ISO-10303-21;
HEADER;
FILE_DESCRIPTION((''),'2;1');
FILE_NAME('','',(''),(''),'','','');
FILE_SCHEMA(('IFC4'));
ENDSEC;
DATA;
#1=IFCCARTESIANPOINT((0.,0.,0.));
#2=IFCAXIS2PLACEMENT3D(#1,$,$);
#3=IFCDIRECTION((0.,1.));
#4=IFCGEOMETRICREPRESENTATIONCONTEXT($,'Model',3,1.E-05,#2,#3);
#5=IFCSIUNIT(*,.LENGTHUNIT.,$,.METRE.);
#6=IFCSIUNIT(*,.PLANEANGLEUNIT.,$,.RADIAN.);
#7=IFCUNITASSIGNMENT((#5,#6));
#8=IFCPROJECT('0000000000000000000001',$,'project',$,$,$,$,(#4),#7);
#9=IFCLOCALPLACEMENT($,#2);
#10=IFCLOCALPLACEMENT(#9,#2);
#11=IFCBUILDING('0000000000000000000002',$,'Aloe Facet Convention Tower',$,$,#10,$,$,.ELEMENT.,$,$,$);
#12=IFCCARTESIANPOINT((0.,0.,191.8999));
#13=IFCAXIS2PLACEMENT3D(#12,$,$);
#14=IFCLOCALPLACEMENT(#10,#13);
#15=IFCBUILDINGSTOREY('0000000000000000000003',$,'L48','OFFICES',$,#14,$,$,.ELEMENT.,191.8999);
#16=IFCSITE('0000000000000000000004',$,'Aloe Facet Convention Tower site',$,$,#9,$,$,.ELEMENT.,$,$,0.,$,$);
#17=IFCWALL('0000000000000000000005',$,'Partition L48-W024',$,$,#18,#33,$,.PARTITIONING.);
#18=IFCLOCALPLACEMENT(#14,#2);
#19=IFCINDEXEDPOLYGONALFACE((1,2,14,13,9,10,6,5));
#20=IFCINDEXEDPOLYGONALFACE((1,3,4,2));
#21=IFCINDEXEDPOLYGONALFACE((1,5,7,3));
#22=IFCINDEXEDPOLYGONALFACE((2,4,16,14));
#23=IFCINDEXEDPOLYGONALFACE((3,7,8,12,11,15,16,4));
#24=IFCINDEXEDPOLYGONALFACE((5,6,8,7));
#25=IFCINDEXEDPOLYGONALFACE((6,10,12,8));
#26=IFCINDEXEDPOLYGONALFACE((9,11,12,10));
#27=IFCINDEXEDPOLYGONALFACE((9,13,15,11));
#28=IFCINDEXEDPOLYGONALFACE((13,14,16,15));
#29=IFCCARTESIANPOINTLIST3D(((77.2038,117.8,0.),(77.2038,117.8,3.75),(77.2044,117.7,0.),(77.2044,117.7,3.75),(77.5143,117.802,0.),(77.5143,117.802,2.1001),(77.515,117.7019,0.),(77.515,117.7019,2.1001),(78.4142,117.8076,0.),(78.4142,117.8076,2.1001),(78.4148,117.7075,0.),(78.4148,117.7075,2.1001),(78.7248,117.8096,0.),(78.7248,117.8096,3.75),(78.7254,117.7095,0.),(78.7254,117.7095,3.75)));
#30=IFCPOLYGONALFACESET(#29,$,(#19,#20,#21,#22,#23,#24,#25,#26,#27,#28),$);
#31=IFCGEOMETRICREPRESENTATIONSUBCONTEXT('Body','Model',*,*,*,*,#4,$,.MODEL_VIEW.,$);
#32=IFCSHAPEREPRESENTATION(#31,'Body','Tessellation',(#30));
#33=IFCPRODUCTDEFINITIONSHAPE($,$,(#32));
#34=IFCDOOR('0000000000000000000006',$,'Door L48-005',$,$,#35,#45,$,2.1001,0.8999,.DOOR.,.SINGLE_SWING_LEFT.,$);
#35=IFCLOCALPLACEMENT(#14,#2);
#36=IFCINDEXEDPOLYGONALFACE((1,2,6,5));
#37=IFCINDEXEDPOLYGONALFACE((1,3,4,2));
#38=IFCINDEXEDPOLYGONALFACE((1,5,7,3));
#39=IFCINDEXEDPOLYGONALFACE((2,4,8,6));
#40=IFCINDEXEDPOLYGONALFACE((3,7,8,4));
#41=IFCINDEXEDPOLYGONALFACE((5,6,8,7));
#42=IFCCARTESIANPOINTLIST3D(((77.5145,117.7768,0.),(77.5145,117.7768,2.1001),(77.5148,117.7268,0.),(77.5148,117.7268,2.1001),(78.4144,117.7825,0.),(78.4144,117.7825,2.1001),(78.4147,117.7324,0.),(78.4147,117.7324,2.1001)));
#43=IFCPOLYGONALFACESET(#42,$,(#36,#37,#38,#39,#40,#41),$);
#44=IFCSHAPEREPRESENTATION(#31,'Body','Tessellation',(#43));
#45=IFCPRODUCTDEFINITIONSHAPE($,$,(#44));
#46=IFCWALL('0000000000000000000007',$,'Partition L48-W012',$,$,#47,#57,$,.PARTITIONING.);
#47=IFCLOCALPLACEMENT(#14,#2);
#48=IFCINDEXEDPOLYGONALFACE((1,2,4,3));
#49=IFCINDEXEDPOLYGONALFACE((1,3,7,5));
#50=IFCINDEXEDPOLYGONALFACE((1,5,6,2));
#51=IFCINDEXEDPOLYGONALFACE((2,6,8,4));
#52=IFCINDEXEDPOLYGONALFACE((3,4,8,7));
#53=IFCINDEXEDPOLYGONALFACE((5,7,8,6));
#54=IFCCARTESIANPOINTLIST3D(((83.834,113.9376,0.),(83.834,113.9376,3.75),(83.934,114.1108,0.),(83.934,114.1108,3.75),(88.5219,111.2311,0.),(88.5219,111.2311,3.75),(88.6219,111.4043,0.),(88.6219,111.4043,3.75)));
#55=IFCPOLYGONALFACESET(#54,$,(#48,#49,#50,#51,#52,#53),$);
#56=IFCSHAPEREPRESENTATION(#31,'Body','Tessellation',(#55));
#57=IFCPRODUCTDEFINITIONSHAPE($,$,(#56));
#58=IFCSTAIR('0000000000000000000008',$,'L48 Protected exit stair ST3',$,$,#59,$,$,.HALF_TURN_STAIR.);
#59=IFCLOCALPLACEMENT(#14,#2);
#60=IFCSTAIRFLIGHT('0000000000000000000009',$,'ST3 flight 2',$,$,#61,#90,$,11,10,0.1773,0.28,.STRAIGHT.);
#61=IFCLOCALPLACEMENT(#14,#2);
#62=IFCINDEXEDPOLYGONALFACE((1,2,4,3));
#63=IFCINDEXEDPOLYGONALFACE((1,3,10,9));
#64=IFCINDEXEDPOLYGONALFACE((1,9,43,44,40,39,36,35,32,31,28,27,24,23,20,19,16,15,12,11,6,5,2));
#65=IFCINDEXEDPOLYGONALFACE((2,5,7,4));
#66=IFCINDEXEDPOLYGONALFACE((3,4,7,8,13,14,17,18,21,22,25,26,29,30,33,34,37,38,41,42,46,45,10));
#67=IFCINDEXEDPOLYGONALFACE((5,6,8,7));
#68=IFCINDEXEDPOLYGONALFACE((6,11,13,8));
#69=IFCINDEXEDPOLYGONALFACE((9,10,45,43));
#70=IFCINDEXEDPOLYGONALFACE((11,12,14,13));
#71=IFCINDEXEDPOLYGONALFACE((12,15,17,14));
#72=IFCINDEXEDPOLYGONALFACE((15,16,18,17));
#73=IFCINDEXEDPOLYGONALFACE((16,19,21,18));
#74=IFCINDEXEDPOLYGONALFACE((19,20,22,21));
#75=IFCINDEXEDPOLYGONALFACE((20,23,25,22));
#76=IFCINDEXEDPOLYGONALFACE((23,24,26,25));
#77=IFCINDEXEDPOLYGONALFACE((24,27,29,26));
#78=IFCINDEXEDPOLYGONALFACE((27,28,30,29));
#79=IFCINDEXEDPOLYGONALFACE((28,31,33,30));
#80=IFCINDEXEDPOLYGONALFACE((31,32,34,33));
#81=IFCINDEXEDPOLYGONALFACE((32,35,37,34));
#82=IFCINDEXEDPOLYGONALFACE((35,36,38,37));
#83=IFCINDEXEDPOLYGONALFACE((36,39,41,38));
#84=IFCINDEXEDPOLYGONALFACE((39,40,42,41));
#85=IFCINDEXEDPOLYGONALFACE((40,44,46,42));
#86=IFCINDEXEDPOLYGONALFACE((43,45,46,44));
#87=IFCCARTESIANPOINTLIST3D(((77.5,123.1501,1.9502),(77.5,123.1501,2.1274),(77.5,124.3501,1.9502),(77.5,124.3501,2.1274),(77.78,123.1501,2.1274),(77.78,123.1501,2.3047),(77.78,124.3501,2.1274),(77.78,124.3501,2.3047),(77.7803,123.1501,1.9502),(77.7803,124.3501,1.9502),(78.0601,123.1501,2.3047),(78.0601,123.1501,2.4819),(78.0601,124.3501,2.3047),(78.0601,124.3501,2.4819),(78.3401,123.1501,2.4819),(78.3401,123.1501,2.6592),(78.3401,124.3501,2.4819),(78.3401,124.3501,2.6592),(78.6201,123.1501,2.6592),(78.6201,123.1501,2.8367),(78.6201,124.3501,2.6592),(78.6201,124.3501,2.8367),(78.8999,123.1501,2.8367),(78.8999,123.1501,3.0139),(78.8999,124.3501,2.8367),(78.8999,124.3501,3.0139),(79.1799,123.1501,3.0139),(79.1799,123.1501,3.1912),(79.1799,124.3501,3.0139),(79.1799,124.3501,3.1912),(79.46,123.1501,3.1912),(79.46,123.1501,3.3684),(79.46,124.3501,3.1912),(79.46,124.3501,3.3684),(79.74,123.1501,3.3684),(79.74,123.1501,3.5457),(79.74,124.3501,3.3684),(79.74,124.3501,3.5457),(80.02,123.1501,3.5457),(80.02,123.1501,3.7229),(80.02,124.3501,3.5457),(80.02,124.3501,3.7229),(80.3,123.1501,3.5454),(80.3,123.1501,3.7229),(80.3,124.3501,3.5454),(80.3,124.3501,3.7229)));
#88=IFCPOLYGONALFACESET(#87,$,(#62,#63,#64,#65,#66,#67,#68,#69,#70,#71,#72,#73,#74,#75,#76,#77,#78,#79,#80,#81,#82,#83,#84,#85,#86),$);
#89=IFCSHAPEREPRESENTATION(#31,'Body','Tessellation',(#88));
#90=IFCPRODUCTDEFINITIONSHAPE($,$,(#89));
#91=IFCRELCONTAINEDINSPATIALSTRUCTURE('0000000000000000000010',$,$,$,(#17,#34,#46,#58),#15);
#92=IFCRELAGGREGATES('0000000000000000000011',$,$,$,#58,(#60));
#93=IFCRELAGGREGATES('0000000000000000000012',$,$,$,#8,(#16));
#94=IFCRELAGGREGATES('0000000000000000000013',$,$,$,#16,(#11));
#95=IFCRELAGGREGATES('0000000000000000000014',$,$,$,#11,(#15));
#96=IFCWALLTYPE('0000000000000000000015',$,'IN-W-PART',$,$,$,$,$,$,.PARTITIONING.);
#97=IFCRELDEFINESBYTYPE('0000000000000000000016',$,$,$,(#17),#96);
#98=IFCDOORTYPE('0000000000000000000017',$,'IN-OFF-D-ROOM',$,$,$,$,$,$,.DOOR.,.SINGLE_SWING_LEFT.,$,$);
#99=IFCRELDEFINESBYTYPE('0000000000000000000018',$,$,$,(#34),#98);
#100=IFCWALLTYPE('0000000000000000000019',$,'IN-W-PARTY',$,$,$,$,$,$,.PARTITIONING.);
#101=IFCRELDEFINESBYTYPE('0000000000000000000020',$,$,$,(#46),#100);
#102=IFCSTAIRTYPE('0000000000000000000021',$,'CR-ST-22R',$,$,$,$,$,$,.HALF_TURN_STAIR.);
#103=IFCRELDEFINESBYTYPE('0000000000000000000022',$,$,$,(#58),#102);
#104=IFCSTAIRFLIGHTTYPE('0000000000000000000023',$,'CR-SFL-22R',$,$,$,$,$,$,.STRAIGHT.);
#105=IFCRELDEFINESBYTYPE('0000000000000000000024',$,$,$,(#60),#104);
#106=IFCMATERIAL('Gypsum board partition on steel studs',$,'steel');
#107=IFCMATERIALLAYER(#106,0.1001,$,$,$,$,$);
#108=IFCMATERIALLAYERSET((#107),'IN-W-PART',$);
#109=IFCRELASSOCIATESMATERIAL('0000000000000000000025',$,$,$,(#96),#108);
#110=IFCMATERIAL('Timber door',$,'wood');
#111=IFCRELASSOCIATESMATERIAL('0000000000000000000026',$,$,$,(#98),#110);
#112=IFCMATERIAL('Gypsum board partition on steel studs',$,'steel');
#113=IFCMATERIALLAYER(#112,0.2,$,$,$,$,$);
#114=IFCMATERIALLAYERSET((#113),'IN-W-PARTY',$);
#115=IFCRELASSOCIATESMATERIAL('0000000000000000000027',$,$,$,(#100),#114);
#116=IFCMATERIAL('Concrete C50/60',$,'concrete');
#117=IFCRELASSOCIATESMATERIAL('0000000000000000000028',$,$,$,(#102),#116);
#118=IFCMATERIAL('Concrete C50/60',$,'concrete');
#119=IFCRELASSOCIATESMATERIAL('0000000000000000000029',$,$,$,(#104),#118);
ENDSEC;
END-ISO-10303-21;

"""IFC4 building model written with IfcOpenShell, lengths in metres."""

from ifc_helpers import new_model, si_unit, direction, frame, frame_2d, origin, place, context, subcontext, project, spatial, polyline, rectangle, outline, extrude, material, layer, layer_set, type_object, element, fill, aggregate, save


model = new_model("IFC4")

# Units and contexts
model_context = context("Model", 3, precision=1e-05, world=origin(), true_north=direction((0.0, 1.0)))
body_context = subcontext(model_context, "Body", "Model", "MODEL_VIEW")
ifc_project = project(units=[si_unit("LENGTHUNIT", "METRE"), si_unit("PLANEANGLEUNIT", "RADIAN")], contexts=[model_context])

# Site, building, storey
site_placement = place(None, origin())
site = spatial("IfcSite", under=ifc_project, at=site_placement, Name="Aloe Facet Convention Tower site", CompositionType="ELEMENT", RefElevation=0.0)
building_placement = place(site_placement, origin())
building = spatial("IfcBuilding", under=site, at=building_placement, Name="Aloe Facet Convention Tower", CompositionType="ELEMENT")
storey_placement = place(building_placement, frame((0.0, 0.0, 191.8999)))
storey = spatial("IfcBuildingStorey", under=building, at=storey_placement, Name="L48", Description="OFFICES", CompositionType="ELEMENT", Elevation=191.8999)

# Wall, opening, door
ifc_material_1 = material(Name="Gypsum board partition on steel studs", Category="steel")
ifc_layer_1 = layer(ifc_material_1, 0.1001)
ifc_layer_set_1 = layer_set([ifc_layer_1], Name="IN-W-PART")
wall_type_1 = type_object("IfcWallType", Name="IN-W-PART", PredefinedType="PARTITIONING", material=ifc_layer_set_1)
wall_1_placement = place(storey_placement, frame((77.2041, 117.75, 0.0), z_axis=(0.0, 0.0, 1.0), x_axis=(0.99998, 0.00626, 0.0)))
wall_1 = element("IfcWall", 1, at=wall_1_placement, inside=storey, type_object=wall_type_1, Name="Partition L48-W024", PredefinedType="PARTITIONING", context=body_context, shape_type="SweptSolid", body=[
    extrude(rectangle(XDim=1.521, YDim=0.1001, at=frame_2d((0.7605, 0.0))), origin(), (0.0, 0.0, 1.0), 3.75),
])
opening_1_placement = place(wall_1_placement, frame((0.3105, 0.0, 0.0)))
opening_1 = element("IfcOpeningElement", 2, at=opening_1_placement, cuts=wall_1, PredefinedType="OPENING", context=body_context, shape_type="SweptSolid", body=[
    extrude(rectangle(XDim=0.8999, YDim=2.1001, at=frame_2d((0.45, 1.05))), frame((0.0, 0.0601, 0.0), z_axis=(0.0, -1.0, 0.0), x_axis=(1.0, 0.0, 0.0)), (0.0, 0.0, 1.0), 0.1201),
])
ifc_material_2 = material(Name="Timber door", Category="wood")
door_type_1 = type_object("IfcDoorType", Name="IN-OFF-D-ROOM", OperationType="SINGLE_SWING_LEFT", PredefinedType="DOOR", material=ifc_material_2)
door_1_placement = place(opening_1_placement, origin())
door_1 = element("IfcDoor", 3, at=door_1_placement, inside=storey, type_object=door_type_1, Name="Door L48-005", OperationType="SINGLE_SWING_LEFT", OverallHeight=2.1001, OverallWidth=0.8999, PredefinedType="DOOR", context=body_context, shape_type="SweptSolid", body=[
    extrude(rectangle(XDim=0.8999, YDim=2.1001, at=frame_2d((0.45, 1.05))), frame((0.0, 0.0249, 0.0), z_axis=(0.0, -1.0, 0.0), x_axis=(1.0, 0.0, 0.0)), (0.0, 0.0, 1.0), 0.05),
])
fill(opening_1, door_1)

# Wall
ifc_material_3 = material(Name="Gypsum board partition on steel studs", Category="steel")
ifc_layer_2 = layer(ifc_material_3, 0.2)
ifc_layer_set_2 = layer_set([ifc_layer_2], Name="IN-W-PARTY")
wall_type_2 = type_object("IfcWallType", Name="IN-W-PARTY", PredefinedType="PARTITIONING", material=ifc_layer_set_2)
wall_2_placement = place(storey_placement, frame((83.884, 114.0242, 0.0), z_axis=(0.0, 0.0, 1.0), x_axis=(0.866031, -0.499991, 0.0)))
element("IfcWall", 4, at=wall_2_placement, inside=storey, type_object=wall_type_2, Name="Partition L48-W012", PredefinedType="PARTITIONING", context=body_context, shape_type="SweptSolid", body=[
    extrude(rectangle(XDim=5.4131, YDim=0.2, at=frame_2d((2.7065, 0.0))), origin(), (0.0, 0.0, 1.0), 3.75),
])

# Stair, stair flight
ifc_material_4 = material(Name="Concrete C50/60", Category="concrete")
stair_type = type_object("IfcStairType", Name="CR-ST-22R", PredefinedType="HALF_TURN_STAIR", material=ifc_material_4)
stair_placement = place(storey_placement, origin())
stair = element("IfcStair", 5, at=stair_placement, inside=storey, type_object=stair_type, Name="L48 Protected exit stair ST3", PredefinedType="HALF_TURN_STAIR")
ifc_material_5 = material(Name="Concrete C50/60", Category="concrete")
stair_flight_type = type_object("IfcStairFlightType", Name="CR-SFL-22R", PredefinedType="STRAIGHT", material=ifc_material_5)
stair_flight_placement = place(storey_placement, frame((77.5, 123.75, 1.9502), z_axis=(0.0, 0.0, 1.0), x_axis=(1.0, 0.0, 0.0)))
stair_flight = element("IfcStairFlight", 6, at=stair_flight_placement, type_object=stair_flight_type, Name="ST3 flight 2", NumberOfRisers=11, NumberOfTreads=10, PredefinedType="STRAIGHT", RiserHeight=0.1773, TreadLength=0.28, context=body_context, shape_type="SweptSolid", body=[
    extrude(outline(polyline([(0.0, 0.0), (0.0, 0.1772), (0.28, 0.1772), (0.28, 0.3545), (0.5601, 0.3545), (0.5601, 0.5317), (0.8401, 0.5317), (0.8401, 0.709), (1.1201, 0.709), (1.1201, 0.8865), (1.3999, 0.8865), (1.3999, 1.0637), (1.6799, 1.0637), (1.6799, 1.241), (1.96, 1.241), (1.96, 1.4182), (2.24, 1.4182), (2.24, 1.5955), (2.52, 1.5955), (2.52, 1.7727), (2.8, 1.7727), (2.8, 1.95), (2.8, 1.5952), (0.2803, 0.0), (0.0, 0.0)])), frame((0.0, 0.6001, 0.0), z_axis=(0.0, -1.0, 0.0), x_axis=(1.0, 0.0, 0.0)), (0.0, 0.0, 1.0), 1.2),
])
aggregate(stair, [stair_flight])

save(model, "model.ifc")
